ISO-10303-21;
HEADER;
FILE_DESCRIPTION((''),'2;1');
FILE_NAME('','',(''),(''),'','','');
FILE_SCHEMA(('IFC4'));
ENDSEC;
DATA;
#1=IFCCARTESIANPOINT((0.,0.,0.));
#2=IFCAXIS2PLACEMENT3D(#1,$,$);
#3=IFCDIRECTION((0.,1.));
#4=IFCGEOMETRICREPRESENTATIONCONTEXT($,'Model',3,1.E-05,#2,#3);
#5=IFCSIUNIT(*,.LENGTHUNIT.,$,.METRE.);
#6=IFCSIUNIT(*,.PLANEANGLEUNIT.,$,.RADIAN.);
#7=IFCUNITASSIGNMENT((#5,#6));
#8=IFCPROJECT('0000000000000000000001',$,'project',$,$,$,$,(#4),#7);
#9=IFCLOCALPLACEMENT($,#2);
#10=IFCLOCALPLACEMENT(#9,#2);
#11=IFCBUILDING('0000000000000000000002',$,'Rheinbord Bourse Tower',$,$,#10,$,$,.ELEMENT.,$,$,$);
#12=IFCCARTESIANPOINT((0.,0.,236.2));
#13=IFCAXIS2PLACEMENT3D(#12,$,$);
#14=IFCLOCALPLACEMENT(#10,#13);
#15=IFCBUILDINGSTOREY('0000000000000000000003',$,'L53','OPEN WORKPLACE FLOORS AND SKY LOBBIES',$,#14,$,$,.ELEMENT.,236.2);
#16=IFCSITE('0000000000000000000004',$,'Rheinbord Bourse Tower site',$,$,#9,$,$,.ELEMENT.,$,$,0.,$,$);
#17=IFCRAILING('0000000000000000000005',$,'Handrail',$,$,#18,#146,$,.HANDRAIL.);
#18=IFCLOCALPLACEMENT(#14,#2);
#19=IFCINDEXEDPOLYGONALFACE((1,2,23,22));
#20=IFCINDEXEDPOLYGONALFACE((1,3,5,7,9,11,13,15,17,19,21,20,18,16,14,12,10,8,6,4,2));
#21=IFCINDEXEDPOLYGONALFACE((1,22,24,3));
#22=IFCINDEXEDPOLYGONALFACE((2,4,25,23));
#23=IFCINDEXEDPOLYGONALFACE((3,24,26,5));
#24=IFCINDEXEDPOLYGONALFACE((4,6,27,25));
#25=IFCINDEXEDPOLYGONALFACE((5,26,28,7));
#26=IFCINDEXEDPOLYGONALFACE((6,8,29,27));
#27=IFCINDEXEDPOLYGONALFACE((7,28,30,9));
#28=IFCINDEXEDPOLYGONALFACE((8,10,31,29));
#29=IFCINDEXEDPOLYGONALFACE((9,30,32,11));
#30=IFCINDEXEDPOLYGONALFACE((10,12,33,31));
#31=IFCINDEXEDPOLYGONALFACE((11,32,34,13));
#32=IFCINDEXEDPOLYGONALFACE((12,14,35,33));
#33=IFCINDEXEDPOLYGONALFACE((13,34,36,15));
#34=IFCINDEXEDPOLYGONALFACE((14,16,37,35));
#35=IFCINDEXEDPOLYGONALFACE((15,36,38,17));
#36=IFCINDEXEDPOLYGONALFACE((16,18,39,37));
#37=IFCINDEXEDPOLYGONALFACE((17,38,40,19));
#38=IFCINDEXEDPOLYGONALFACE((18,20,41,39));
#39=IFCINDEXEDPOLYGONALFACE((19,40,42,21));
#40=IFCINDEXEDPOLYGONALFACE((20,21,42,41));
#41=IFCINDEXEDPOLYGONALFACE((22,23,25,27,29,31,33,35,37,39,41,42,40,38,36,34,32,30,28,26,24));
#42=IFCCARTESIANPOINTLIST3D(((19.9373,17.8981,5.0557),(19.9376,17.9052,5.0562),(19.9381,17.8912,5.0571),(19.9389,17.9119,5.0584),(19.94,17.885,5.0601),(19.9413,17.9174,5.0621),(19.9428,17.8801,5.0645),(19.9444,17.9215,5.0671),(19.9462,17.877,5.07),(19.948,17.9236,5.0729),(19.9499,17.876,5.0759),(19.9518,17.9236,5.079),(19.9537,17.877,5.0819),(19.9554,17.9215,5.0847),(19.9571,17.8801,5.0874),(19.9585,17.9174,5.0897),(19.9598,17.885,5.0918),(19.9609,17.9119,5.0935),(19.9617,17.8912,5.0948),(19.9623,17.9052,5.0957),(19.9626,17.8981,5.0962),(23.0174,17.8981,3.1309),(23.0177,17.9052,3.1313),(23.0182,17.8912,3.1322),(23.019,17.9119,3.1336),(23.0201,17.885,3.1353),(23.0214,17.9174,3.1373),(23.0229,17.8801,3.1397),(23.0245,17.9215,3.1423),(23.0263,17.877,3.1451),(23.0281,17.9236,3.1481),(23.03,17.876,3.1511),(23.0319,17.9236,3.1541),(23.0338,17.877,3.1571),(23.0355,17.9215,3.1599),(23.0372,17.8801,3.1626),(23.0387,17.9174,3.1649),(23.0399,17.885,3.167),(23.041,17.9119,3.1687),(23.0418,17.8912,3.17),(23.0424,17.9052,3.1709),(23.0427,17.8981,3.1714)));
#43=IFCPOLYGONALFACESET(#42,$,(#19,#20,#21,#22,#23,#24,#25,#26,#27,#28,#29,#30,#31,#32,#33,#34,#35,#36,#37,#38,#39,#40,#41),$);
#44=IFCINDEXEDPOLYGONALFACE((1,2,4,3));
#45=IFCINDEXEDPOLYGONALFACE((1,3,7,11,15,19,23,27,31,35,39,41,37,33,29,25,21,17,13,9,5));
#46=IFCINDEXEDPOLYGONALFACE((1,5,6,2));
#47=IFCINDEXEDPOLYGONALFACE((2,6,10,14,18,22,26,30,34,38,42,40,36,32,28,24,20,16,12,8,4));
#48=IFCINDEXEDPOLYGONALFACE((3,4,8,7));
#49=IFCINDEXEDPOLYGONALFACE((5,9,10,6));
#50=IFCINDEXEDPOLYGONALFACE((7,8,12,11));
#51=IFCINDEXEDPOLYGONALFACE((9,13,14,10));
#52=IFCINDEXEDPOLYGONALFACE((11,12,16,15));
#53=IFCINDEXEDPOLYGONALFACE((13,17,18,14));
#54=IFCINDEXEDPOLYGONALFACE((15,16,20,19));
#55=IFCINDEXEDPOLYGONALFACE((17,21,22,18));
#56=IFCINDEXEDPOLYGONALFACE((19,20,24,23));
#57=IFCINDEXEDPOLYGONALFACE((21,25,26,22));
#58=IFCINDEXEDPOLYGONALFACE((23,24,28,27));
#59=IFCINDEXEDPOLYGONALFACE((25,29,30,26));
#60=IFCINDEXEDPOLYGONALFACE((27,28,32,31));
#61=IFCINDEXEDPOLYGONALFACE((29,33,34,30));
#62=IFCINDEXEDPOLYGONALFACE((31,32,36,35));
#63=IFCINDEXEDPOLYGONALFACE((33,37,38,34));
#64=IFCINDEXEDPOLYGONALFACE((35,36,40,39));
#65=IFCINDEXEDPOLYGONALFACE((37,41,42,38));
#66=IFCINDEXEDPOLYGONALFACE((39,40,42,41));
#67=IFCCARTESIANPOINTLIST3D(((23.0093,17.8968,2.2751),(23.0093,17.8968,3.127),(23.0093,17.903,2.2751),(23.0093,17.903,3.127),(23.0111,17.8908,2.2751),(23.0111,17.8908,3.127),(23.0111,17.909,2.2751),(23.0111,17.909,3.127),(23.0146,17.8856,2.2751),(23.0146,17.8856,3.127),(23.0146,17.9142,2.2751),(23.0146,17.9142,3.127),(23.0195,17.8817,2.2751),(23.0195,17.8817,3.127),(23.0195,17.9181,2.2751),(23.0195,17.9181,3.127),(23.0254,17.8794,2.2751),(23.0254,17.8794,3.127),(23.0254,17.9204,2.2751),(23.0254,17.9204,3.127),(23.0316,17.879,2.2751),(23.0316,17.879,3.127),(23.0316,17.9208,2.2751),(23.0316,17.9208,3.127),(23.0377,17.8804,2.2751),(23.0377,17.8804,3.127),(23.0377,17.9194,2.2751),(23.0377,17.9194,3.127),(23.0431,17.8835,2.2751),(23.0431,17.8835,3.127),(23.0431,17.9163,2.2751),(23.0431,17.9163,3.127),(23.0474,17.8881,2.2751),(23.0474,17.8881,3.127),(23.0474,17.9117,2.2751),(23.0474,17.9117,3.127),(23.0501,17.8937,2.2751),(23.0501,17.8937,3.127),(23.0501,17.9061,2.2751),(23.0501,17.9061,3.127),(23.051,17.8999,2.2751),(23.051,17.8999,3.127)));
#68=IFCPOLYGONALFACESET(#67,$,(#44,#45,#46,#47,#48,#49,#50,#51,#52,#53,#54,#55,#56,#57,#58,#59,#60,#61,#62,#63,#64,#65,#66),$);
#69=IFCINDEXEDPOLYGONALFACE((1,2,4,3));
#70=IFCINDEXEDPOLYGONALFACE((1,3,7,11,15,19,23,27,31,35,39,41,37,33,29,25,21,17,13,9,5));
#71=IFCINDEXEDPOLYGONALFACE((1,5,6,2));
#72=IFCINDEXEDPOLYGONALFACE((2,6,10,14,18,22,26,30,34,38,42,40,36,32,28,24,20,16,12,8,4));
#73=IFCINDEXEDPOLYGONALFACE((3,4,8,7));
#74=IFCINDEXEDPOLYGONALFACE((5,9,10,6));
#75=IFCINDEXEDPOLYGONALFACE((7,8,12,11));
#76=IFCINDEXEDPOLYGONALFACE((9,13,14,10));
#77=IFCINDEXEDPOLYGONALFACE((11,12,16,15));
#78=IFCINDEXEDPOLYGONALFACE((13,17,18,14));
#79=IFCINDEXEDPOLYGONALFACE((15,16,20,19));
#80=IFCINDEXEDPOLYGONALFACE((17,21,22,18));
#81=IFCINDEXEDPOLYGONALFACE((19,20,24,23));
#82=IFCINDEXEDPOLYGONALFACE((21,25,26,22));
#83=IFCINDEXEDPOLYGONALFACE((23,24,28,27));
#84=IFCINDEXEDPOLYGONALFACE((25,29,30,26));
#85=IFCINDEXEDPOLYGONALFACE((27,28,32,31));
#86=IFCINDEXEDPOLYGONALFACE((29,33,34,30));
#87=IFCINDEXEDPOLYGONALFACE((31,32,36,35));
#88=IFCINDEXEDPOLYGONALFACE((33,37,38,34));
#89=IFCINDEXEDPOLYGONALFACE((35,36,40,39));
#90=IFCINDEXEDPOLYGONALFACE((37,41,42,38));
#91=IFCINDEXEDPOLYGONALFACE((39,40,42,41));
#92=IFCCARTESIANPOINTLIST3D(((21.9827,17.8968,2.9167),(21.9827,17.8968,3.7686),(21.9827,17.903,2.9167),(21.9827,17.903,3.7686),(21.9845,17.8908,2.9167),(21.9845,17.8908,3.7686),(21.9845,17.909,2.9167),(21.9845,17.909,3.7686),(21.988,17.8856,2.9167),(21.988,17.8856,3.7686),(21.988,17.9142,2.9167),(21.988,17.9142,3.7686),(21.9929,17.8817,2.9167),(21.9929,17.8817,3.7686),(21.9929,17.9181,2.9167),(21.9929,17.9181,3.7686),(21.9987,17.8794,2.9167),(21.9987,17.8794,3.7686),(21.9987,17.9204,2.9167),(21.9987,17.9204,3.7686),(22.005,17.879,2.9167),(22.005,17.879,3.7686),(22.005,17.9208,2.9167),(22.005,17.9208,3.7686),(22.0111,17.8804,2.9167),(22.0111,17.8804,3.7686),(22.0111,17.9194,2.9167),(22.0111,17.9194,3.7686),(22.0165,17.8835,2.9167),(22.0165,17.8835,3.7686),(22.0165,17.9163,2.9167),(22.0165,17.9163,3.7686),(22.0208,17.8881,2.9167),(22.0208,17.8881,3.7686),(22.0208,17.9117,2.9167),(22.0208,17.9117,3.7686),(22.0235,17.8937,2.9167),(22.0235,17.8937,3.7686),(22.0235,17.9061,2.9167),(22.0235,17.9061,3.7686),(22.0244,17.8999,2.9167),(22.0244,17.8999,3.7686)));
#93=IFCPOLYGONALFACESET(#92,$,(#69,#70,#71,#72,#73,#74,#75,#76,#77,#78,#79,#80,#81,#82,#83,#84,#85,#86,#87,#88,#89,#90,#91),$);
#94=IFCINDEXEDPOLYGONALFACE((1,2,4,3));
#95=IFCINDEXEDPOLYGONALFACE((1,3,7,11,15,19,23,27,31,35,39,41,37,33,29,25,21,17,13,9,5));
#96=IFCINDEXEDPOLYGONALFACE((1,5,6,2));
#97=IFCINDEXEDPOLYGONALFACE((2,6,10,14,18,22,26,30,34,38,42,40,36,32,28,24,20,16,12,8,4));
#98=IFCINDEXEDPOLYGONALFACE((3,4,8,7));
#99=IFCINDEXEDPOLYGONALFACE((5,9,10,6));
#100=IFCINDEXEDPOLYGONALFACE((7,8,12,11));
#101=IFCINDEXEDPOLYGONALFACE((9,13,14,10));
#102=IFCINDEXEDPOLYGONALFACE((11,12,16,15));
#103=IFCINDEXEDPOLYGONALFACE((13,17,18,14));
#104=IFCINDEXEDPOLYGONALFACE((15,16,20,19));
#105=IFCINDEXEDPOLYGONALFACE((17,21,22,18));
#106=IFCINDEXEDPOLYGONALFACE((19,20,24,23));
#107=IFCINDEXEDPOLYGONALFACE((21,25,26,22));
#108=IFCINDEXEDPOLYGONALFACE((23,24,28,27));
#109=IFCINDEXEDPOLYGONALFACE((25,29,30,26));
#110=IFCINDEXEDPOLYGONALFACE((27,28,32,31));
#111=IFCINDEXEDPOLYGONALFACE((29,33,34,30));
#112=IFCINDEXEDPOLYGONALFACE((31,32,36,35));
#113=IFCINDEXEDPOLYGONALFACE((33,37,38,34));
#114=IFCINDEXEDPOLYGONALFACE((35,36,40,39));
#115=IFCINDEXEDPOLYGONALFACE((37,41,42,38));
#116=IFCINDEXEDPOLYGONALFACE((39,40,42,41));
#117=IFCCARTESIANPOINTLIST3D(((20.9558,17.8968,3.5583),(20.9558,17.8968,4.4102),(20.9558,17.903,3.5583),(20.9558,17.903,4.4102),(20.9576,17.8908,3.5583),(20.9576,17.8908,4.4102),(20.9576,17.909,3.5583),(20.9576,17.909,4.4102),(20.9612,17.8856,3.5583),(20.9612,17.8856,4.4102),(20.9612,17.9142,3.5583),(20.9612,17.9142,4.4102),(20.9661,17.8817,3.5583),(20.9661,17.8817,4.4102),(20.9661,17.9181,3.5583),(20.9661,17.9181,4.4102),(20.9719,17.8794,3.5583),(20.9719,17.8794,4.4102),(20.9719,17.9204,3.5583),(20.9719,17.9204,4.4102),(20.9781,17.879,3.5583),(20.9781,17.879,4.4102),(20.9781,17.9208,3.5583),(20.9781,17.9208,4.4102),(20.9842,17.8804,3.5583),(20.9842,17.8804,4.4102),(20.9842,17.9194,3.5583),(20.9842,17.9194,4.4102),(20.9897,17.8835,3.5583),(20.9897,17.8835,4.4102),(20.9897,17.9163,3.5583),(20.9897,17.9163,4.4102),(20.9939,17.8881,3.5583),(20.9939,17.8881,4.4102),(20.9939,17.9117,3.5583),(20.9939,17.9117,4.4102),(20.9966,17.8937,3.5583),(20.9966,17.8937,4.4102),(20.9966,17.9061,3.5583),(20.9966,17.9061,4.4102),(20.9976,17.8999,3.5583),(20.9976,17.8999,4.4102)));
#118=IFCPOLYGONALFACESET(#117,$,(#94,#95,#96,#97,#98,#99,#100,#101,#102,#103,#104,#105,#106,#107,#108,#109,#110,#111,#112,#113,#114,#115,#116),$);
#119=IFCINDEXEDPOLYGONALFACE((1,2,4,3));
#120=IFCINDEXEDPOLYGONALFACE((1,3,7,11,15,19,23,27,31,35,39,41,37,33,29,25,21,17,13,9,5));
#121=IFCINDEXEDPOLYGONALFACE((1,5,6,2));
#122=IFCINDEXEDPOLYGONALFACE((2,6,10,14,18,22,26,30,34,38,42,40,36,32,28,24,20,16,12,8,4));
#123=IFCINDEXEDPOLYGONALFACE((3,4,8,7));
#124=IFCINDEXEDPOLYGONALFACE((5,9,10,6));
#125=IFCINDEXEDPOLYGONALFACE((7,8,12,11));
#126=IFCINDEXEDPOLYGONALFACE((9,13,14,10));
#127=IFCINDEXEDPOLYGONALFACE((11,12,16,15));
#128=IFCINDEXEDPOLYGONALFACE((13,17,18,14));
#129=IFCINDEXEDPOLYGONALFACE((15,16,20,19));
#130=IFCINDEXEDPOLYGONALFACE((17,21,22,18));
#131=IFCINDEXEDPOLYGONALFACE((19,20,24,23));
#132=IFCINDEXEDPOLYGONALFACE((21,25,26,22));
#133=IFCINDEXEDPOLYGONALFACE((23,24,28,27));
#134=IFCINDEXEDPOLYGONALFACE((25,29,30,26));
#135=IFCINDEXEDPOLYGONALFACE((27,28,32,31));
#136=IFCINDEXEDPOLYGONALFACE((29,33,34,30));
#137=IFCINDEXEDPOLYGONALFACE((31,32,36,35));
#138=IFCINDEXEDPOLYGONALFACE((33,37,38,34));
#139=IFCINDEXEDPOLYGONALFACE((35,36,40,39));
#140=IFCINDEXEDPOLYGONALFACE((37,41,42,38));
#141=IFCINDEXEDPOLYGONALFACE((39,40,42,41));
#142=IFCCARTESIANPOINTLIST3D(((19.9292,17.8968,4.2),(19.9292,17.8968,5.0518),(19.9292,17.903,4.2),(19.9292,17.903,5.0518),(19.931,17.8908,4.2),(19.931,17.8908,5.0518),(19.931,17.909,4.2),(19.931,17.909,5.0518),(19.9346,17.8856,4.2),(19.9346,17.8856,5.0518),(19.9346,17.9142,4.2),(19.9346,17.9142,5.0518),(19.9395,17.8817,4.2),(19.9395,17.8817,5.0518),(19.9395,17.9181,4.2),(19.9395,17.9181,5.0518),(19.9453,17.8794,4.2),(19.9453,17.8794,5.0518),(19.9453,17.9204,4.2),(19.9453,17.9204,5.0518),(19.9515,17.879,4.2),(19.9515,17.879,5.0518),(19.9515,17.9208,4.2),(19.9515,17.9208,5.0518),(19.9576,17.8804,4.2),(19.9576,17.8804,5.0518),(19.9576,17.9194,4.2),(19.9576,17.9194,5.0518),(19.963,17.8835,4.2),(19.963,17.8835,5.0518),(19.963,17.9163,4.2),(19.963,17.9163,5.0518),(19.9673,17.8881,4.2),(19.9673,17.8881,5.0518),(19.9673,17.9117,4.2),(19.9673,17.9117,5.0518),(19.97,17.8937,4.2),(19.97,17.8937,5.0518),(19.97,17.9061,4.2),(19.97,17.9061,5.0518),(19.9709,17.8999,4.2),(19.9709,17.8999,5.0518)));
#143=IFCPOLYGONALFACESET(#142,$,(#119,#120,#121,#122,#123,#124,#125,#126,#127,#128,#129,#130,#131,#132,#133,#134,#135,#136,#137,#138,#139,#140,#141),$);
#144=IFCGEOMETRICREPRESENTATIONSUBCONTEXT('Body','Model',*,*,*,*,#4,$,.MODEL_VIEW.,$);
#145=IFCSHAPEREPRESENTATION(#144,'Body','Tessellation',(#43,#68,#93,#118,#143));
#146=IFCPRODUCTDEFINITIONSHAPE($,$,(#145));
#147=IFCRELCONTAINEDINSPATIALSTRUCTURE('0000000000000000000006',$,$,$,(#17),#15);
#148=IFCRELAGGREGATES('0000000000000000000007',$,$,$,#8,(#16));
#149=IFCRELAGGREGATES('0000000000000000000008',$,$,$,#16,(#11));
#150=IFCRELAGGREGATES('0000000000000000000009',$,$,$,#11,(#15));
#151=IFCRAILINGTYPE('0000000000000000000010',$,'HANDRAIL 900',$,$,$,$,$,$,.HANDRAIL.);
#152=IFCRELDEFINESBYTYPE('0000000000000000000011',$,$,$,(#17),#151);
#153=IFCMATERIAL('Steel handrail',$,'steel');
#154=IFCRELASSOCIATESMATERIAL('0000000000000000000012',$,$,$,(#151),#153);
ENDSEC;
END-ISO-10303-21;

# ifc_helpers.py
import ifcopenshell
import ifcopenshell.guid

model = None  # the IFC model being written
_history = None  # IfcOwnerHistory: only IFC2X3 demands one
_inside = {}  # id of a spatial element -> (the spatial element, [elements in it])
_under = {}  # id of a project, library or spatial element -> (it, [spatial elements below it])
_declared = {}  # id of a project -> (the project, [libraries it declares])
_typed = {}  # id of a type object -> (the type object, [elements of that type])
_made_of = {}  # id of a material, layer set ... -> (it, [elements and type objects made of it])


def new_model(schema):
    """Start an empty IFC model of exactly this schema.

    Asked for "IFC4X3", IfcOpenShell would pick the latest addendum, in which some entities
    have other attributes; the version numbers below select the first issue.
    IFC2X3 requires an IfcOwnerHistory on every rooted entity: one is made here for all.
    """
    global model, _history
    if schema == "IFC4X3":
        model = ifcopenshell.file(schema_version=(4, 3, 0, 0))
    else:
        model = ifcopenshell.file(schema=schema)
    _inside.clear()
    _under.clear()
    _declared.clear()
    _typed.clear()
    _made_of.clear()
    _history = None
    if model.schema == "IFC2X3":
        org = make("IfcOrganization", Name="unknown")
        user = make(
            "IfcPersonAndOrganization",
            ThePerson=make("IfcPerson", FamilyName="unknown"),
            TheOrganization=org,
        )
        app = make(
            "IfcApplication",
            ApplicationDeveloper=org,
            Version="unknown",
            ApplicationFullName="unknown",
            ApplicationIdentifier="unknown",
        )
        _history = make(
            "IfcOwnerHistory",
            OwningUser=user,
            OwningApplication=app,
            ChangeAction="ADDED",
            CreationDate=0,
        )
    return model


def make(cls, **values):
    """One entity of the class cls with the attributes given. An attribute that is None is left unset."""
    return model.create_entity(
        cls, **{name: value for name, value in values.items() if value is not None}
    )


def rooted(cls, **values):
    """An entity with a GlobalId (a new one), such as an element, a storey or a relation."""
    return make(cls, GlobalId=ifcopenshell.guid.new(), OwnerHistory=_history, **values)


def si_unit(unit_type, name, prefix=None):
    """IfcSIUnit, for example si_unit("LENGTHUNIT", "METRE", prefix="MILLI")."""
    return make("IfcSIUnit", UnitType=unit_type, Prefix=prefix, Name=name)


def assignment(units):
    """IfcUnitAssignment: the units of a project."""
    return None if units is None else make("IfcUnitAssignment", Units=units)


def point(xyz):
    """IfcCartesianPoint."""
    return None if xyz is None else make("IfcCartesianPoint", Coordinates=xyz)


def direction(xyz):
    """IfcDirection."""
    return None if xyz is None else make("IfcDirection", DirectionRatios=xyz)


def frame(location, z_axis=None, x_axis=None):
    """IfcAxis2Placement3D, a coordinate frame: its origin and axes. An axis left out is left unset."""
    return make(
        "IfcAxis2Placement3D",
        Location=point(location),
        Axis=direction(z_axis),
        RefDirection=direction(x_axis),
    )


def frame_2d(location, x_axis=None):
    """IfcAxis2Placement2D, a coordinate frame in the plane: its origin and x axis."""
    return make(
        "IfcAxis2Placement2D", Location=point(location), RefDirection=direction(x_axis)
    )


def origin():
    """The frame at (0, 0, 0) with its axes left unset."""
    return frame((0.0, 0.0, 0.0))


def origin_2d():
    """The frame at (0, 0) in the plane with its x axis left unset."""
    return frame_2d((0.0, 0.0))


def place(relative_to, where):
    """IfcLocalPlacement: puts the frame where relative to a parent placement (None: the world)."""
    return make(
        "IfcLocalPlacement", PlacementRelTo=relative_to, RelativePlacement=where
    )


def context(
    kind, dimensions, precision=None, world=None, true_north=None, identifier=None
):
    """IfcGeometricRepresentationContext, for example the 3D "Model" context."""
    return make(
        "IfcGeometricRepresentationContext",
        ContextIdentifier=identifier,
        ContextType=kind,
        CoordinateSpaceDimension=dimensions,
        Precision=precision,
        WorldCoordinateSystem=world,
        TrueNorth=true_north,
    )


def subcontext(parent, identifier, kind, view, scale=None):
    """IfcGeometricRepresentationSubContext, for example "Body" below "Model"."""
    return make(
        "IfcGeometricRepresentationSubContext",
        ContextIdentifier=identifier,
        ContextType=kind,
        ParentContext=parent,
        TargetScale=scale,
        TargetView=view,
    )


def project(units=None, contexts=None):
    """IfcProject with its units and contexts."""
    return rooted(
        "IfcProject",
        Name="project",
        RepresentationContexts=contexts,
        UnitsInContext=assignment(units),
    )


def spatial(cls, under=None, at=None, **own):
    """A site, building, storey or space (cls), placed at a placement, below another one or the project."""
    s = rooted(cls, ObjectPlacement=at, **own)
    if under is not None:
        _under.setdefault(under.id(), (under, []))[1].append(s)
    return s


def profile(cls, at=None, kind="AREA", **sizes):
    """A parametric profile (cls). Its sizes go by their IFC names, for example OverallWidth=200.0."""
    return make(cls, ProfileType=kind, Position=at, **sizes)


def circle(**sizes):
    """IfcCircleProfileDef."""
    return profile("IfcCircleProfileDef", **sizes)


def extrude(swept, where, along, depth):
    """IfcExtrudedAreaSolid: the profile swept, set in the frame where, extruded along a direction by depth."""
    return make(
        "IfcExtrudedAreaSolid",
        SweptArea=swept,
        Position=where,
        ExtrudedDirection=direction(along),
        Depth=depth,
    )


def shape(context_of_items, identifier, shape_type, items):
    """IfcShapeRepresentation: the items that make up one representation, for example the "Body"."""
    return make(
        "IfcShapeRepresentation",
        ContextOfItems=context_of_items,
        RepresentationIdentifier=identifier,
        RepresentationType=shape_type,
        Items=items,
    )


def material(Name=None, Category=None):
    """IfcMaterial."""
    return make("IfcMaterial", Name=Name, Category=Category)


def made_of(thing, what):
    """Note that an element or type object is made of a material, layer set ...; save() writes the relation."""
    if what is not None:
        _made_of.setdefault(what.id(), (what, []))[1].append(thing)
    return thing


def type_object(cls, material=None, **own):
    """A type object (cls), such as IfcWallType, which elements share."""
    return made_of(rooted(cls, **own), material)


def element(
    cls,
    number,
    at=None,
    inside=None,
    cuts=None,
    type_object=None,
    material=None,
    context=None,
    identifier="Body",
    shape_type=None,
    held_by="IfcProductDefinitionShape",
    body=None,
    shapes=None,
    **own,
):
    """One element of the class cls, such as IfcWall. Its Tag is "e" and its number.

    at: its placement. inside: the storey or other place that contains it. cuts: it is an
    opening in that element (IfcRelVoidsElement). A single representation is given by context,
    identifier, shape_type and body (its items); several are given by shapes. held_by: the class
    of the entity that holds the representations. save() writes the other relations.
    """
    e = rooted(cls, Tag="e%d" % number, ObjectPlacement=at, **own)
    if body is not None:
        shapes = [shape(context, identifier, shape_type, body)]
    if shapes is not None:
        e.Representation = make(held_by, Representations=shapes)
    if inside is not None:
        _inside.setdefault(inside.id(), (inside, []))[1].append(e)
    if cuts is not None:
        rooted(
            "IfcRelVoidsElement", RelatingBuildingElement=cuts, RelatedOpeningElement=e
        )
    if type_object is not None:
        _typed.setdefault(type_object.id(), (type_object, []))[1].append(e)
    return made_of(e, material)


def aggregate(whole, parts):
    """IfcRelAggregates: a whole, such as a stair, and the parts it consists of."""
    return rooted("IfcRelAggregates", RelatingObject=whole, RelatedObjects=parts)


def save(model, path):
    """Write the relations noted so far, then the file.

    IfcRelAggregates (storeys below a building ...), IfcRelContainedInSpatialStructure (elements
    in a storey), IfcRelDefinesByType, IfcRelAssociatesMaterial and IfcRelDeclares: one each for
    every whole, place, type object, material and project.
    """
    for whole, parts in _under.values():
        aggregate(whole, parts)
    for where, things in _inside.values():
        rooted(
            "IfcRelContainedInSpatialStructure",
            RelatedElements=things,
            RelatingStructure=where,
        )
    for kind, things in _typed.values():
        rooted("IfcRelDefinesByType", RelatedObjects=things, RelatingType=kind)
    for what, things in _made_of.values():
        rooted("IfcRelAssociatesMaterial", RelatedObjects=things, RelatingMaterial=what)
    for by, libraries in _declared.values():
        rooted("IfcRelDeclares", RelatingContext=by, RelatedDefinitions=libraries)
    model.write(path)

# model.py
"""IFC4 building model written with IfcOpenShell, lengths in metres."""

from ifc_helpers import new_model, si_unit, direction, frame, origin, origin_2d, place, context, subcontext, project, spatial, circle, extrude, material, type_object, element, save


model = new_model("IFC4")

# Units and contexts
model_context = context("Model", 3, precision=1e-05, world=origin(), true_north=direction((0.0, 1.0)))
body_context = subcontext(model_context, "Body", "Model", "MODEL_VIEW")
ifc_project = project(units=[si_unit("LENGTHUNIT", "METRE"), si_unit("PLANEANGLEUNIT", "RADIAN")], contexts=[model_context])

# Site, building, storey
site_placement = place(None, origin())
site = spatial("IfcSite", under=ifc_project, at=site_placement, Name="Rheinbord Bourse Tower site", CompositionType="ELEMENT", RefElevation=0.0)
building_placement = place(site_placement, origin())
building = spatial("IfcBuilding", under=site, at=building_placement, Name="Rheinbord Bourse Tower", CompositionType="ELEMENT")
storey_placement = place(building_placement, frame((0.0, 0.0, 236.2)))
storey = spatial("IfcBuildingStorey", under=building, at=storey_placement, Name="L53", Description="OPEN WORKPLACE FLOORS AND SKY LOBBIES", CompositionType="ELEMENT", Elevation=236.2)

# Railing
ifc_material_1 = material(Name="Steel handrail", Category="steel")
railing_type = type_object("IfcRailingType", Name="HANDRAIL 900", PredefinedType="HANDRAIL", material=ifc_material_1)
railing_1_placement = place(storey_placement, frame((23.03, 17.8999, 2.2751)))
element("IfcRailing", 1, at=railing_1_placement, inside=storey, type_object=railing_type, Name="Handrail", PredefinedType="HANDRAIL", context=body_context, shape_type="SweptSolid", body=[
    extrude(circle(Radius=0.0239, at=origin_2d()), frame((0.0, 0.0, 0.876), z_axis=(-0.848029, 0.0, 0.529951), x_axis=(0.0, -1.0, 0.0)), (0.0, 0.0, 1.0), 3.6321),
    extrude(circle(Radius=0.021, at=origin_2d()), origin(), (0.0, 0.0, 1.0), 0.8518),
    extrude(circle(Radius=0.021, at=origin_2d()), frame((-1.0266, 0.0, 0.6416)), (0.0, 0.0, 1.0), 0.8518),
    extrude(circle(Radius=0.021, at=origin_2d()), frame((-2.0535, 0.0, 1.2832)), (0.0, 0.0, 1.0), 0.8518),
    extrude(circle(Radius=0.021, at=origin_2d()), frame((-3.0801, 0.0, 1.9248)), (0.0, 0.0, 1.0), 0.8518),
])

save(model, "model.ifc")
